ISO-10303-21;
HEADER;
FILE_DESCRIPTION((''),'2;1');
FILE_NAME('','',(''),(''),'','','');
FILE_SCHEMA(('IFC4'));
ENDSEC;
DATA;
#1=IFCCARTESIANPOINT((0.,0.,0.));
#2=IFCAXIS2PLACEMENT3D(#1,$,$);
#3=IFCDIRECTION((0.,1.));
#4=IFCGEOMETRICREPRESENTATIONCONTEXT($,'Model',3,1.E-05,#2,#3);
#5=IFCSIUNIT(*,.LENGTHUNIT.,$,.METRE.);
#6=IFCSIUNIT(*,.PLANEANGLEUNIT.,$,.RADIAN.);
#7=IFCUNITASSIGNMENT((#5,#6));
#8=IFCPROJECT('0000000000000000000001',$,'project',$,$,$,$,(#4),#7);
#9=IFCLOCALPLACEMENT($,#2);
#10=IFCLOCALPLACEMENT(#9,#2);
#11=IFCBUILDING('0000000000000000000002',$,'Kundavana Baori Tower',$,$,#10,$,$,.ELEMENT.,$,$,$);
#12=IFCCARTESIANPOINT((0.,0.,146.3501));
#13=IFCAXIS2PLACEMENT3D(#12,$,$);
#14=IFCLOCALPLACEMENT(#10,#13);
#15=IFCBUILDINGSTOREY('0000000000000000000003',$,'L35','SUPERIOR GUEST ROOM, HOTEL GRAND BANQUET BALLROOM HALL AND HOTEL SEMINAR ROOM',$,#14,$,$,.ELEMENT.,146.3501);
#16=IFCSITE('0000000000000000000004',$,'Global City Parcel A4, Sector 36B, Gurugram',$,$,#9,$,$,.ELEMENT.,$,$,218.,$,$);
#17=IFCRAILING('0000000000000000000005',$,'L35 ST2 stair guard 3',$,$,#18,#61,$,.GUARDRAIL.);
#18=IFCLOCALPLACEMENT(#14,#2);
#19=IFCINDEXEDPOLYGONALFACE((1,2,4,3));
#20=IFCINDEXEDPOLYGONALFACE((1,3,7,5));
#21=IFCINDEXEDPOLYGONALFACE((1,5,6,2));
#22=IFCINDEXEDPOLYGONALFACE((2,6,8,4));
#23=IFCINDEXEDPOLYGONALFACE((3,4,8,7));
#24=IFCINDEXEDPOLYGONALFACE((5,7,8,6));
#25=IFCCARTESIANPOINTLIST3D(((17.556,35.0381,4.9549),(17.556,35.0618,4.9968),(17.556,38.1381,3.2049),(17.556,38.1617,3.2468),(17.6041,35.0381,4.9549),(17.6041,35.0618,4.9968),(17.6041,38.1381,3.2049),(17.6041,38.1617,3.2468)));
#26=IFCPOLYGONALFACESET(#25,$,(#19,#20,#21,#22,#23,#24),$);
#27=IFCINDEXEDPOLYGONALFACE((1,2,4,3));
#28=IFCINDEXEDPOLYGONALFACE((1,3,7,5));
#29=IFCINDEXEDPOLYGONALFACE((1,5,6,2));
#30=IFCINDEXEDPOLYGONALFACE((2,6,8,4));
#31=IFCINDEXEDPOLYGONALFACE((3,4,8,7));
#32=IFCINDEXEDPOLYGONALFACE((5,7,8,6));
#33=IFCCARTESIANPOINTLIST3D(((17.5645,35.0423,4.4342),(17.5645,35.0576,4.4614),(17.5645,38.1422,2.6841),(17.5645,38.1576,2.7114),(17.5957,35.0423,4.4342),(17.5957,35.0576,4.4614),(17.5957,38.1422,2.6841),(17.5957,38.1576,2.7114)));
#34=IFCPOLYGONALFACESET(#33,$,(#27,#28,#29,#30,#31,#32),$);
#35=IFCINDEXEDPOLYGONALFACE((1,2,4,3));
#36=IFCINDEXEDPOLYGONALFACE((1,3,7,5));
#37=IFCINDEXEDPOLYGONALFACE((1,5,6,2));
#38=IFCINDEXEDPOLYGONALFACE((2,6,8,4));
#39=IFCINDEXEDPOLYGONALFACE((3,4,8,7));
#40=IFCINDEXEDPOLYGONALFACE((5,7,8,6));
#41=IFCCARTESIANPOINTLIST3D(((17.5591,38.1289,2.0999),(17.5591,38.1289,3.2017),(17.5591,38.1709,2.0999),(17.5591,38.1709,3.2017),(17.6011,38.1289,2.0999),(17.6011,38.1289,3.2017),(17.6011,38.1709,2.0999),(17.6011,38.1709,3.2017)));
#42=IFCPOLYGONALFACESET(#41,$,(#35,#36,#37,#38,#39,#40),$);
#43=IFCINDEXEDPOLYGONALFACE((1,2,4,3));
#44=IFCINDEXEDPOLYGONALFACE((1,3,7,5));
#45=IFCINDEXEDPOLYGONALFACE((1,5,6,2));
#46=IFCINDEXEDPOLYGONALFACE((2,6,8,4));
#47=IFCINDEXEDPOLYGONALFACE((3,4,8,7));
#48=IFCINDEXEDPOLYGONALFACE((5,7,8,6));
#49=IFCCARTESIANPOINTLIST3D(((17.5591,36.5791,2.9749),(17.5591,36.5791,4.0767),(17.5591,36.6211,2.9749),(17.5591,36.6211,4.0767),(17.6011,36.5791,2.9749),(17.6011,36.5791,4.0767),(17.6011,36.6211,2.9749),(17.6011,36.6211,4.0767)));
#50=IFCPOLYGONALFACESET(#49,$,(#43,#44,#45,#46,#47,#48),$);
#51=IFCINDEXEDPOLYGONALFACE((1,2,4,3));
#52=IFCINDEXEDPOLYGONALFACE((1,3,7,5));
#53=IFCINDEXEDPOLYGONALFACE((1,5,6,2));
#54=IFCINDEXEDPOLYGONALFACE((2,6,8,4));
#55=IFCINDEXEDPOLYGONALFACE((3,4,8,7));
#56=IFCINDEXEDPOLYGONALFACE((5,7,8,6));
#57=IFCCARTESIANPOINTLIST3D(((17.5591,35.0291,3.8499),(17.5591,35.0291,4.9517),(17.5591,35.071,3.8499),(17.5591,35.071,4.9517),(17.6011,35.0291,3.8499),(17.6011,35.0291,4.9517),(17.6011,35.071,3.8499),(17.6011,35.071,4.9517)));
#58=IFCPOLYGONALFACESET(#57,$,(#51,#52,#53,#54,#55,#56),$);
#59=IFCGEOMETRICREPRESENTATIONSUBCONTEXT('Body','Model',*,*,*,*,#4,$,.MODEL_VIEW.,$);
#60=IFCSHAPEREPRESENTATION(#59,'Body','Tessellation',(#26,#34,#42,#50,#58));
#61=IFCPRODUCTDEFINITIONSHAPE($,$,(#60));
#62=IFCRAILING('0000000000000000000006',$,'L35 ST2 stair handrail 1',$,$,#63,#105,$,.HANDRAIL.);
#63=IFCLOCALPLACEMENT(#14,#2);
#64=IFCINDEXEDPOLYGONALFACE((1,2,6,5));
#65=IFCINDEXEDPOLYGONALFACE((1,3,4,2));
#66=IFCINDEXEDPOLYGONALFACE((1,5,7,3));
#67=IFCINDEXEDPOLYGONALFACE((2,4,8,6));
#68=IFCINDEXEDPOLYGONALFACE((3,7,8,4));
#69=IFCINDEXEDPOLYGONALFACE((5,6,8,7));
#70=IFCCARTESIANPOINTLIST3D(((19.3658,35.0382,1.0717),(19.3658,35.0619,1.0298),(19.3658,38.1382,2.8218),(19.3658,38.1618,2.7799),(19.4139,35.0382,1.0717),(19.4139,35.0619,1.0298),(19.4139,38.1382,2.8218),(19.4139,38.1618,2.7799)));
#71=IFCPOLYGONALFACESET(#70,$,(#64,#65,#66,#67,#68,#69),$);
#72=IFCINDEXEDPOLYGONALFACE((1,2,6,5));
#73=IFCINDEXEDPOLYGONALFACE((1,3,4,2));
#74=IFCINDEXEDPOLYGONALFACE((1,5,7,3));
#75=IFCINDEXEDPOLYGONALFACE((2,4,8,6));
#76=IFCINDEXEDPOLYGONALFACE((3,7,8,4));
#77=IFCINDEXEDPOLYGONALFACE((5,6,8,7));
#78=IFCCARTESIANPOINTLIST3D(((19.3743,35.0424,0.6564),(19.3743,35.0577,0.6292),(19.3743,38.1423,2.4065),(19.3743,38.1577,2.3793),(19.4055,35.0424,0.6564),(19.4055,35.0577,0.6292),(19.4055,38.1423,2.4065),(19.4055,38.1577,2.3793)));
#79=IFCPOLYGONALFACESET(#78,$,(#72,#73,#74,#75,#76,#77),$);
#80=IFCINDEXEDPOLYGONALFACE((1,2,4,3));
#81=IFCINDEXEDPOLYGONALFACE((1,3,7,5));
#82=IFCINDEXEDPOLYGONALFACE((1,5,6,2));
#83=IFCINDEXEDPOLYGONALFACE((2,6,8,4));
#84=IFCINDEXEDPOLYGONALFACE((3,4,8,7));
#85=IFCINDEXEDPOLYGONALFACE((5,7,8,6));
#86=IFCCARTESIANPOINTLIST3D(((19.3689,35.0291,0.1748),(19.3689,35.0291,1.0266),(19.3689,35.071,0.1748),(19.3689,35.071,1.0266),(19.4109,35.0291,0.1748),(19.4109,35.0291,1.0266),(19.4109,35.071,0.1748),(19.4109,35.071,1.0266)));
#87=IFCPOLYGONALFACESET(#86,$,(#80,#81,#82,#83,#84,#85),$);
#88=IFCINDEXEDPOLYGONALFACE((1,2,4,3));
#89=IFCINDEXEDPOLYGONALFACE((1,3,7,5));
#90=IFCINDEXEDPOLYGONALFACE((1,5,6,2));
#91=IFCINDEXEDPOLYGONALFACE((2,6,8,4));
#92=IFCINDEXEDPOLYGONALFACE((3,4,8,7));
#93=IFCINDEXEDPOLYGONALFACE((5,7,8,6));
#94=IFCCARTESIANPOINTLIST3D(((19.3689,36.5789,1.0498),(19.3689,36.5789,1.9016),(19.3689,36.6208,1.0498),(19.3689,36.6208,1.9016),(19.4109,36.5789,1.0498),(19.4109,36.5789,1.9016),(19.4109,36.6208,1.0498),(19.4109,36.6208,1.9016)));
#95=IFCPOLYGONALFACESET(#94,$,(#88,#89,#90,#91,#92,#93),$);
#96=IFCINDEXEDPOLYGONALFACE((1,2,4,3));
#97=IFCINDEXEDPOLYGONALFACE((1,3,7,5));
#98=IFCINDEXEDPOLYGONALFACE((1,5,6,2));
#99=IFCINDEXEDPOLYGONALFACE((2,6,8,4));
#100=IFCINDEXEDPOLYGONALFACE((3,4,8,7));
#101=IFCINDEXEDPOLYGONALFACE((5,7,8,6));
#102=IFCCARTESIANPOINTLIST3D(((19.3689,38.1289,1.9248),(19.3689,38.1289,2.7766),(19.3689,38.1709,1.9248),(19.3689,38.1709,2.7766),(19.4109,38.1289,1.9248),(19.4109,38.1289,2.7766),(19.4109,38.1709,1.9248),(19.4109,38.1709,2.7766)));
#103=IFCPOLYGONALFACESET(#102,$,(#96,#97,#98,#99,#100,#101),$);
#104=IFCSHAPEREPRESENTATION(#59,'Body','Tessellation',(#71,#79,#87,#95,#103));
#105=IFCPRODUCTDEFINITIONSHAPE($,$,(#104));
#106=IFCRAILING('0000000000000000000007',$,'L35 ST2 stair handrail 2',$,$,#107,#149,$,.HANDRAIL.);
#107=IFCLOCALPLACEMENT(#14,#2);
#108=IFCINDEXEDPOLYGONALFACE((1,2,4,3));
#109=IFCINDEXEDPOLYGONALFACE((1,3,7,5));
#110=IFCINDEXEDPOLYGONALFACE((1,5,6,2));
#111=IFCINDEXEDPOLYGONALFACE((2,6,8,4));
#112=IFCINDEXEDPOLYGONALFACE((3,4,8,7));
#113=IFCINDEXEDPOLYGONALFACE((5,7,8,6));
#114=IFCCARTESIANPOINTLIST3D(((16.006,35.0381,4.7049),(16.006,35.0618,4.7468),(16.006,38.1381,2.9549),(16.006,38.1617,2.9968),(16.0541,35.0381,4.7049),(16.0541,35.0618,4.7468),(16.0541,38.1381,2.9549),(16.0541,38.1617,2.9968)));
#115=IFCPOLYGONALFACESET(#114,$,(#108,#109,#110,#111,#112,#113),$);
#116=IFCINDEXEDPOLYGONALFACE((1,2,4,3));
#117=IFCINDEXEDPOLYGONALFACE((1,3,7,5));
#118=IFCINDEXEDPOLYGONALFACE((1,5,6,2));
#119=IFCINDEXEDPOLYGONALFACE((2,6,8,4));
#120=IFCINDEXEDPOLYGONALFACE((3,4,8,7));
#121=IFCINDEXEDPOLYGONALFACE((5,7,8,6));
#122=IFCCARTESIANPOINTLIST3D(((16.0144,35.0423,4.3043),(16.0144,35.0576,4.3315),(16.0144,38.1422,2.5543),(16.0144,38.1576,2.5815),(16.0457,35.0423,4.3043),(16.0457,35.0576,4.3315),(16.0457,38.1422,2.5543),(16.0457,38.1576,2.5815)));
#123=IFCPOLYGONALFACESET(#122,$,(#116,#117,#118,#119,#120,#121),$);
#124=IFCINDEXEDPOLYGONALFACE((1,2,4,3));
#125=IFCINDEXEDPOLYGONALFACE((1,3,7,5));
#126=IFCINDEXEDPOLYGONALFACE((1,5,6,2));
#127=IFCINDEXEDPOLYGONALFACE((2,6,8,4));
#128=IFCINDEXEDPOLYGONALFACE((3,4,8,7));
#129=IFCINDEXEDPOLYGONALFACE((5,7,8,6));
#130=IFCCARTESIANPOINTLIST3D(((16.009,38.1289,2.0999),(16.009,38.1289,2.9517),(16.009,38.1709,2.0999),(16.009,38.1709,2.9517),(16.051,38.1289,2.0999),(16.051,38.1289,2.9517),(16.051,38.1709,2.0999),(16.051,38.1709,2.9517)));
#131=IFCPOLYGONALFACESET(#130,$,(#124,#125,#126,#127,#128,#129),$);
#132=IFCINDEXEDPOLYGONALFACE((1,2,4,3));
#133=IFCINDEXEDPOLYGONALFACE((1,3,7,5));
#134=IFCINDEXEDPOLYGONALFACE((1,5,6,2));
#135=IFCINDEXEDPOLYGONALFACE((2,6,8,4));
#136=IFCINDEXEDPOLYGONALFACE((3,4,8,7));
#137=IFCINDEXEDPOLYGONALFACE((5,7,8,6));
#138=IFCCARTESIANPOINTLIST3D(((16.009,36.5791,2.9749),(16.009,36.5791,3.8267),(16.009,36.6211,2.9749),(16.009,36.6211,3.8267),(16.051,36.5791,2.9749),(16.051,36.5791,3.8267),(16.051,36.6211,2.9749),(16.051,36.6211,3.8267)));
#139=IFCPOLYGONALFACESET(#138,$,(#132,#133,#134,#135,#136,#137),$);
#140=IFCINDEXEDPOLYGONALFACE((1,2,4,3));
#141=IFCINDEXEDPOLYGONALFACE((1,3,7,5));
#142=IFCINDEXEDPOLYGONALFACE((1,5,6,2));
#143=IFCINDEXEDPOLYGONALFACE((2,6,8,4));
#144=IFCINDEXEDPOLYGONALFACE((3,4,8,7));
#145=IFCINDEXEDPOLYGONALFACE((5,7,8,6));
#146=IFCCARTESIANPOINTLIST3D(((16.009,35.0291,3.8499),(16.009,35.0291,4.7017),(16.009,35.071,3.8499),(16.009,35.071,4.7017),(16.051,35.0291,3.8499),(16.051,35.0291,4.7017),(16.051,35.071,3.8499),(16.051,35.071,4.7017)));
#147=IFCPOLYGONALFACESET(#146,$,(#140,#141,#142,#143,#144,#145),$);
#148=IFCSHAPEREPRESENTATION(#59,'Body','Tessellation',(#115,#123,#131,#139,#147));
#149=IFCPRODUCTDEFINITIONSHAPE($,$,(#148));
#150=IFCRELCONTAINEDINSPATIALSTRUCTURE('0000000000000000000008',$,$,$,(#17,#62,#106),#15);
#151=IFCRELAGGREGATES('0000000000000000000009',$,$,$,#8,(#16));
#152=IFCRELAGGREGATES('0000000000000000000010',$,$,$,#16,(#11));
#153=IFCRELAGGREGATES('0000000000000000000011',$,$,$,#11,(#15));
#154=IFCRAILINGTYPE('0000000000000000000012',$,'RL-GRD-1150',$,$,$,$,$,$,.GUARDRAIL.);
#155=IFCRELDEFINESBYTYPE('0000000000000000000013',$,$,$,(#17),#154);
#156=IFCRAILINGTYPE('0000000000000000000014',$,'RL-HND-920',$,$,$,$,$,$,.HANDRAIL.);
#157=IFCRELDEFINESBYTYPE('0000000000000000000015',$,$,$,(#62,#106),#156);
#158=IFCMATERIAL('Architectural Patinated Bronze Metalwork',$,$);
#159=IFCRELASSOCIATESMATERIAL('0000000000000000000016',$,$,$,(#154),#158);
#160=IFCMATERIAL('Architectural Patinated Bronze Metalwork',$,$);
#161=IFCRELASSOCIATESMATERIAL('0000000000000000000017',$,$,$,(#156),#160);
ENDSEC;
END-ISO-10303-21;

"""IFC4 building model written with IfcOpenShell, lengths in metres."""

from ifc_helpers import new_model, si_unit, direction, frame, origin, origin_2d, place, context, subcontext, project, spatial, rectangle, extrude, material, type_object, element, save


model = new_model("IFC4")

# Units and contexts
model_context = context("Model", 3, precision=1e-05, world=origin(), true_north=direction((0.0, 1.0)))
body_context = subcontext(model_context, "Body", "Model", "MODEL_VIEW")
ifc_project = project(units=[si_unit("LENGTHUNIT", "METRE"), si_unit("PLANEANGLEUNIT", "RADIAN")], contexts=[model_context])

# Site, building, storey
site_placement = place(None, origin())
site = spatial("IfcSite", under=ifc_project, at=site_placement, Name="Global City Parcel A4, Sector 36B, Gurugram", CompositionType="ELEMENT", RefElevation=218.0)
building_placement = place(site_placement, origin())
building = spatial("IfcBuilding", under=site, at=building_placement, Name="Kundavana Baori Tower", CompositionType="ELEMENT")
storey_placement = place(building_placement, frame((0.0, 0.0, 146.3501)))
storey = spatial("IfcBuildingStorey", under=building, at=storey_placement, Name="L35", Description="SUPERIOR GUEST ROOM, HOTEL GRAND BANQUET BALLROOM HALL AND HOTEL SEMINAR ROOM", CompositionType="ELEMENT", Elevation=146.3501)

# Railings
ifc_material_1 = material(Name="Architectural Patinated Bronze Metalwork")
railing_type_1 = type_object("IfcRailingType", Name="RL-GRD-1150", PredefinedType="GUARDRAIL", material=ifc_material_1)
railing_1_placement = place(storey_placement, frame((17.5801, 38.1499, 2.0999)))
element("IfcRailing", 1, at=railing_1_placement, inside=storey, type_object=railing_type_1, Name="L35 ST2 stair guard 3", PredefinedType="GUARDRAIL", context=body_context, shape_type="SweptSolid", body=[
    extrude(rectangle(XDim=0.0481, YDim=0.0481, at=origin_2d()), frame((0.0, 0.0, 1.126), z_axis=(0.0, -0.870814, 0.491612), x_axis=(1.0, 0.0, 0.0)), (0.0, 0.0, 1.0), 3.5598),
    extrude(rectangle(XDim=0.0312, YDim=0.0312, at=origin_2d()), frame((0.0, 0.0, 0.5979), z_axis=(0.0, -0.870814, 0.491612), x_axis=(1.0, 0.0, 0.0)), (0.0, 0.0, 1.0), 3.5598),
    extrude(rectangle(XDim=0.042, YDim=0.042, at=origin_2d()), origin(), (0.0, 0.0, 1.0), 1.1018),
    extrude(rectangle(XDim=0.042, YDim=0.042, at=origin_2d()), frame((0.0, -1.5498, 0.875)), (0.0, 0.0, 1.0), 1.1018),
    extrude(rectangle(XDim=0.042, YDim=0.042, at=origin_2d()), frame((0.0, -3.0999, 1.75)), (0.0, 0.0, 1.0), 1.1018),
])
ifc_material_2 = material(Name="Architectural Patinated Bronze Metalwork")
railing_type_2 = type_object("IfcRailingType", Name="RL-HND-920", PredefinedType="HANDRAIL", material=ifc_material_2)
railing_2_placement = place(storey_placement, frame((19.3899, 35.05, 0.1748)))
element("IfcRailing", 2, at=railing_2_placement, inside=storey, type_object=railing_type_2, Name="L35 ST2 stair handrail 1", PredefinedType="HANDRAIL", context=body_context, shape_type="SweptSolid", body=[
    extrude(rectangle(XDim=0.0481, YDim=0.0481, at=origin_2d()), frame((0.0, 0.0, 0.876), z_axis=(0.0, 0.870814, 0.491612), x_axis=(-1.0, 0.0, 0.0)), (0.0, 0.0, 1.0), 3.5598),
    extrude(rectangle(XDim=0.0312, YDim=0.0312, at=origin_2d()), frame((0.0, 0.0, 0.468), z_axis=(0.0, 0.870814, 0.491612), x_axis=(-1.0, 0.0, 0.0)), (0.0, 0.0, 1.0), 3.5598),
    extrude(rectangle(XDim=0.042, YDim=0.042, at=origin_2d()), origin(), (0.0, 0.0, 1.0), 0.8518),
    extrude(rectangle(XDim=0.042, YDim=0.042, at=origin_2d()), frame((0.0, 1.5498, 0.875)), (0.0, 0.0, 1.0), 0.8518),
    extrude(rectangle(XDim=0.042, YDim=0.042, at=origin_2d()), frame((0.0, 3.0999, 1.75)), (0.0, 0.0, 1.0), 0.8518),
])
railing_3_placement = place(storey_placement, frame((16.03, 38.1499, 2.0999)))
element("IfcRailing", 3, at=railing_3_placement, inside=storey, type_object=railing_type_2, Name="L35 ST2 stair handrail 2", PredefinedType="HANDRAIL", context=body_context, shape_type="SweptSolid", body=[
    extrude(rectangle(XDim=0.0481, YDim=0.0481, at=origin_2d()), frame((0.0, 0.0, 0.876), z_axis=(0.0, -0.870814, 0.491612), x_axis=(1.0, 0.0, 0.0)), (0.0, 0.0, 1.0), 3.5598),
    extrude(rectangle(XDim=0.0312, YDim=0.0312, at=origin_2d()), frame((0.0, 0.0, 0.468), z_axis=(0.0, -0.870814, 0.491612), x_axis=(1.0, 0.0, 0.0)), (0.0, 0.0, 1.0), 3.5598),
    extrude(rectangle(XDim=0.042, YDim=0.042, at=origin_2d()), origin(), (0.0, 0.0, 1.0), 0.8518),
    extrude(rectangle(XDim=0.042, YDim=0.042, at=origin_2d()), frame((0.0, -1.5498, 0.875)), (0.0, 0.0, 1.0), 0.8518),
    extrude(rectangle(XDim=0.042, YDim=0.042, at=origin_2d()), frame((0.0, -3.0999, 1.75)), (0.0, 0.0, 1.0), 0.8518),
])

save(model, "model.ifc")
